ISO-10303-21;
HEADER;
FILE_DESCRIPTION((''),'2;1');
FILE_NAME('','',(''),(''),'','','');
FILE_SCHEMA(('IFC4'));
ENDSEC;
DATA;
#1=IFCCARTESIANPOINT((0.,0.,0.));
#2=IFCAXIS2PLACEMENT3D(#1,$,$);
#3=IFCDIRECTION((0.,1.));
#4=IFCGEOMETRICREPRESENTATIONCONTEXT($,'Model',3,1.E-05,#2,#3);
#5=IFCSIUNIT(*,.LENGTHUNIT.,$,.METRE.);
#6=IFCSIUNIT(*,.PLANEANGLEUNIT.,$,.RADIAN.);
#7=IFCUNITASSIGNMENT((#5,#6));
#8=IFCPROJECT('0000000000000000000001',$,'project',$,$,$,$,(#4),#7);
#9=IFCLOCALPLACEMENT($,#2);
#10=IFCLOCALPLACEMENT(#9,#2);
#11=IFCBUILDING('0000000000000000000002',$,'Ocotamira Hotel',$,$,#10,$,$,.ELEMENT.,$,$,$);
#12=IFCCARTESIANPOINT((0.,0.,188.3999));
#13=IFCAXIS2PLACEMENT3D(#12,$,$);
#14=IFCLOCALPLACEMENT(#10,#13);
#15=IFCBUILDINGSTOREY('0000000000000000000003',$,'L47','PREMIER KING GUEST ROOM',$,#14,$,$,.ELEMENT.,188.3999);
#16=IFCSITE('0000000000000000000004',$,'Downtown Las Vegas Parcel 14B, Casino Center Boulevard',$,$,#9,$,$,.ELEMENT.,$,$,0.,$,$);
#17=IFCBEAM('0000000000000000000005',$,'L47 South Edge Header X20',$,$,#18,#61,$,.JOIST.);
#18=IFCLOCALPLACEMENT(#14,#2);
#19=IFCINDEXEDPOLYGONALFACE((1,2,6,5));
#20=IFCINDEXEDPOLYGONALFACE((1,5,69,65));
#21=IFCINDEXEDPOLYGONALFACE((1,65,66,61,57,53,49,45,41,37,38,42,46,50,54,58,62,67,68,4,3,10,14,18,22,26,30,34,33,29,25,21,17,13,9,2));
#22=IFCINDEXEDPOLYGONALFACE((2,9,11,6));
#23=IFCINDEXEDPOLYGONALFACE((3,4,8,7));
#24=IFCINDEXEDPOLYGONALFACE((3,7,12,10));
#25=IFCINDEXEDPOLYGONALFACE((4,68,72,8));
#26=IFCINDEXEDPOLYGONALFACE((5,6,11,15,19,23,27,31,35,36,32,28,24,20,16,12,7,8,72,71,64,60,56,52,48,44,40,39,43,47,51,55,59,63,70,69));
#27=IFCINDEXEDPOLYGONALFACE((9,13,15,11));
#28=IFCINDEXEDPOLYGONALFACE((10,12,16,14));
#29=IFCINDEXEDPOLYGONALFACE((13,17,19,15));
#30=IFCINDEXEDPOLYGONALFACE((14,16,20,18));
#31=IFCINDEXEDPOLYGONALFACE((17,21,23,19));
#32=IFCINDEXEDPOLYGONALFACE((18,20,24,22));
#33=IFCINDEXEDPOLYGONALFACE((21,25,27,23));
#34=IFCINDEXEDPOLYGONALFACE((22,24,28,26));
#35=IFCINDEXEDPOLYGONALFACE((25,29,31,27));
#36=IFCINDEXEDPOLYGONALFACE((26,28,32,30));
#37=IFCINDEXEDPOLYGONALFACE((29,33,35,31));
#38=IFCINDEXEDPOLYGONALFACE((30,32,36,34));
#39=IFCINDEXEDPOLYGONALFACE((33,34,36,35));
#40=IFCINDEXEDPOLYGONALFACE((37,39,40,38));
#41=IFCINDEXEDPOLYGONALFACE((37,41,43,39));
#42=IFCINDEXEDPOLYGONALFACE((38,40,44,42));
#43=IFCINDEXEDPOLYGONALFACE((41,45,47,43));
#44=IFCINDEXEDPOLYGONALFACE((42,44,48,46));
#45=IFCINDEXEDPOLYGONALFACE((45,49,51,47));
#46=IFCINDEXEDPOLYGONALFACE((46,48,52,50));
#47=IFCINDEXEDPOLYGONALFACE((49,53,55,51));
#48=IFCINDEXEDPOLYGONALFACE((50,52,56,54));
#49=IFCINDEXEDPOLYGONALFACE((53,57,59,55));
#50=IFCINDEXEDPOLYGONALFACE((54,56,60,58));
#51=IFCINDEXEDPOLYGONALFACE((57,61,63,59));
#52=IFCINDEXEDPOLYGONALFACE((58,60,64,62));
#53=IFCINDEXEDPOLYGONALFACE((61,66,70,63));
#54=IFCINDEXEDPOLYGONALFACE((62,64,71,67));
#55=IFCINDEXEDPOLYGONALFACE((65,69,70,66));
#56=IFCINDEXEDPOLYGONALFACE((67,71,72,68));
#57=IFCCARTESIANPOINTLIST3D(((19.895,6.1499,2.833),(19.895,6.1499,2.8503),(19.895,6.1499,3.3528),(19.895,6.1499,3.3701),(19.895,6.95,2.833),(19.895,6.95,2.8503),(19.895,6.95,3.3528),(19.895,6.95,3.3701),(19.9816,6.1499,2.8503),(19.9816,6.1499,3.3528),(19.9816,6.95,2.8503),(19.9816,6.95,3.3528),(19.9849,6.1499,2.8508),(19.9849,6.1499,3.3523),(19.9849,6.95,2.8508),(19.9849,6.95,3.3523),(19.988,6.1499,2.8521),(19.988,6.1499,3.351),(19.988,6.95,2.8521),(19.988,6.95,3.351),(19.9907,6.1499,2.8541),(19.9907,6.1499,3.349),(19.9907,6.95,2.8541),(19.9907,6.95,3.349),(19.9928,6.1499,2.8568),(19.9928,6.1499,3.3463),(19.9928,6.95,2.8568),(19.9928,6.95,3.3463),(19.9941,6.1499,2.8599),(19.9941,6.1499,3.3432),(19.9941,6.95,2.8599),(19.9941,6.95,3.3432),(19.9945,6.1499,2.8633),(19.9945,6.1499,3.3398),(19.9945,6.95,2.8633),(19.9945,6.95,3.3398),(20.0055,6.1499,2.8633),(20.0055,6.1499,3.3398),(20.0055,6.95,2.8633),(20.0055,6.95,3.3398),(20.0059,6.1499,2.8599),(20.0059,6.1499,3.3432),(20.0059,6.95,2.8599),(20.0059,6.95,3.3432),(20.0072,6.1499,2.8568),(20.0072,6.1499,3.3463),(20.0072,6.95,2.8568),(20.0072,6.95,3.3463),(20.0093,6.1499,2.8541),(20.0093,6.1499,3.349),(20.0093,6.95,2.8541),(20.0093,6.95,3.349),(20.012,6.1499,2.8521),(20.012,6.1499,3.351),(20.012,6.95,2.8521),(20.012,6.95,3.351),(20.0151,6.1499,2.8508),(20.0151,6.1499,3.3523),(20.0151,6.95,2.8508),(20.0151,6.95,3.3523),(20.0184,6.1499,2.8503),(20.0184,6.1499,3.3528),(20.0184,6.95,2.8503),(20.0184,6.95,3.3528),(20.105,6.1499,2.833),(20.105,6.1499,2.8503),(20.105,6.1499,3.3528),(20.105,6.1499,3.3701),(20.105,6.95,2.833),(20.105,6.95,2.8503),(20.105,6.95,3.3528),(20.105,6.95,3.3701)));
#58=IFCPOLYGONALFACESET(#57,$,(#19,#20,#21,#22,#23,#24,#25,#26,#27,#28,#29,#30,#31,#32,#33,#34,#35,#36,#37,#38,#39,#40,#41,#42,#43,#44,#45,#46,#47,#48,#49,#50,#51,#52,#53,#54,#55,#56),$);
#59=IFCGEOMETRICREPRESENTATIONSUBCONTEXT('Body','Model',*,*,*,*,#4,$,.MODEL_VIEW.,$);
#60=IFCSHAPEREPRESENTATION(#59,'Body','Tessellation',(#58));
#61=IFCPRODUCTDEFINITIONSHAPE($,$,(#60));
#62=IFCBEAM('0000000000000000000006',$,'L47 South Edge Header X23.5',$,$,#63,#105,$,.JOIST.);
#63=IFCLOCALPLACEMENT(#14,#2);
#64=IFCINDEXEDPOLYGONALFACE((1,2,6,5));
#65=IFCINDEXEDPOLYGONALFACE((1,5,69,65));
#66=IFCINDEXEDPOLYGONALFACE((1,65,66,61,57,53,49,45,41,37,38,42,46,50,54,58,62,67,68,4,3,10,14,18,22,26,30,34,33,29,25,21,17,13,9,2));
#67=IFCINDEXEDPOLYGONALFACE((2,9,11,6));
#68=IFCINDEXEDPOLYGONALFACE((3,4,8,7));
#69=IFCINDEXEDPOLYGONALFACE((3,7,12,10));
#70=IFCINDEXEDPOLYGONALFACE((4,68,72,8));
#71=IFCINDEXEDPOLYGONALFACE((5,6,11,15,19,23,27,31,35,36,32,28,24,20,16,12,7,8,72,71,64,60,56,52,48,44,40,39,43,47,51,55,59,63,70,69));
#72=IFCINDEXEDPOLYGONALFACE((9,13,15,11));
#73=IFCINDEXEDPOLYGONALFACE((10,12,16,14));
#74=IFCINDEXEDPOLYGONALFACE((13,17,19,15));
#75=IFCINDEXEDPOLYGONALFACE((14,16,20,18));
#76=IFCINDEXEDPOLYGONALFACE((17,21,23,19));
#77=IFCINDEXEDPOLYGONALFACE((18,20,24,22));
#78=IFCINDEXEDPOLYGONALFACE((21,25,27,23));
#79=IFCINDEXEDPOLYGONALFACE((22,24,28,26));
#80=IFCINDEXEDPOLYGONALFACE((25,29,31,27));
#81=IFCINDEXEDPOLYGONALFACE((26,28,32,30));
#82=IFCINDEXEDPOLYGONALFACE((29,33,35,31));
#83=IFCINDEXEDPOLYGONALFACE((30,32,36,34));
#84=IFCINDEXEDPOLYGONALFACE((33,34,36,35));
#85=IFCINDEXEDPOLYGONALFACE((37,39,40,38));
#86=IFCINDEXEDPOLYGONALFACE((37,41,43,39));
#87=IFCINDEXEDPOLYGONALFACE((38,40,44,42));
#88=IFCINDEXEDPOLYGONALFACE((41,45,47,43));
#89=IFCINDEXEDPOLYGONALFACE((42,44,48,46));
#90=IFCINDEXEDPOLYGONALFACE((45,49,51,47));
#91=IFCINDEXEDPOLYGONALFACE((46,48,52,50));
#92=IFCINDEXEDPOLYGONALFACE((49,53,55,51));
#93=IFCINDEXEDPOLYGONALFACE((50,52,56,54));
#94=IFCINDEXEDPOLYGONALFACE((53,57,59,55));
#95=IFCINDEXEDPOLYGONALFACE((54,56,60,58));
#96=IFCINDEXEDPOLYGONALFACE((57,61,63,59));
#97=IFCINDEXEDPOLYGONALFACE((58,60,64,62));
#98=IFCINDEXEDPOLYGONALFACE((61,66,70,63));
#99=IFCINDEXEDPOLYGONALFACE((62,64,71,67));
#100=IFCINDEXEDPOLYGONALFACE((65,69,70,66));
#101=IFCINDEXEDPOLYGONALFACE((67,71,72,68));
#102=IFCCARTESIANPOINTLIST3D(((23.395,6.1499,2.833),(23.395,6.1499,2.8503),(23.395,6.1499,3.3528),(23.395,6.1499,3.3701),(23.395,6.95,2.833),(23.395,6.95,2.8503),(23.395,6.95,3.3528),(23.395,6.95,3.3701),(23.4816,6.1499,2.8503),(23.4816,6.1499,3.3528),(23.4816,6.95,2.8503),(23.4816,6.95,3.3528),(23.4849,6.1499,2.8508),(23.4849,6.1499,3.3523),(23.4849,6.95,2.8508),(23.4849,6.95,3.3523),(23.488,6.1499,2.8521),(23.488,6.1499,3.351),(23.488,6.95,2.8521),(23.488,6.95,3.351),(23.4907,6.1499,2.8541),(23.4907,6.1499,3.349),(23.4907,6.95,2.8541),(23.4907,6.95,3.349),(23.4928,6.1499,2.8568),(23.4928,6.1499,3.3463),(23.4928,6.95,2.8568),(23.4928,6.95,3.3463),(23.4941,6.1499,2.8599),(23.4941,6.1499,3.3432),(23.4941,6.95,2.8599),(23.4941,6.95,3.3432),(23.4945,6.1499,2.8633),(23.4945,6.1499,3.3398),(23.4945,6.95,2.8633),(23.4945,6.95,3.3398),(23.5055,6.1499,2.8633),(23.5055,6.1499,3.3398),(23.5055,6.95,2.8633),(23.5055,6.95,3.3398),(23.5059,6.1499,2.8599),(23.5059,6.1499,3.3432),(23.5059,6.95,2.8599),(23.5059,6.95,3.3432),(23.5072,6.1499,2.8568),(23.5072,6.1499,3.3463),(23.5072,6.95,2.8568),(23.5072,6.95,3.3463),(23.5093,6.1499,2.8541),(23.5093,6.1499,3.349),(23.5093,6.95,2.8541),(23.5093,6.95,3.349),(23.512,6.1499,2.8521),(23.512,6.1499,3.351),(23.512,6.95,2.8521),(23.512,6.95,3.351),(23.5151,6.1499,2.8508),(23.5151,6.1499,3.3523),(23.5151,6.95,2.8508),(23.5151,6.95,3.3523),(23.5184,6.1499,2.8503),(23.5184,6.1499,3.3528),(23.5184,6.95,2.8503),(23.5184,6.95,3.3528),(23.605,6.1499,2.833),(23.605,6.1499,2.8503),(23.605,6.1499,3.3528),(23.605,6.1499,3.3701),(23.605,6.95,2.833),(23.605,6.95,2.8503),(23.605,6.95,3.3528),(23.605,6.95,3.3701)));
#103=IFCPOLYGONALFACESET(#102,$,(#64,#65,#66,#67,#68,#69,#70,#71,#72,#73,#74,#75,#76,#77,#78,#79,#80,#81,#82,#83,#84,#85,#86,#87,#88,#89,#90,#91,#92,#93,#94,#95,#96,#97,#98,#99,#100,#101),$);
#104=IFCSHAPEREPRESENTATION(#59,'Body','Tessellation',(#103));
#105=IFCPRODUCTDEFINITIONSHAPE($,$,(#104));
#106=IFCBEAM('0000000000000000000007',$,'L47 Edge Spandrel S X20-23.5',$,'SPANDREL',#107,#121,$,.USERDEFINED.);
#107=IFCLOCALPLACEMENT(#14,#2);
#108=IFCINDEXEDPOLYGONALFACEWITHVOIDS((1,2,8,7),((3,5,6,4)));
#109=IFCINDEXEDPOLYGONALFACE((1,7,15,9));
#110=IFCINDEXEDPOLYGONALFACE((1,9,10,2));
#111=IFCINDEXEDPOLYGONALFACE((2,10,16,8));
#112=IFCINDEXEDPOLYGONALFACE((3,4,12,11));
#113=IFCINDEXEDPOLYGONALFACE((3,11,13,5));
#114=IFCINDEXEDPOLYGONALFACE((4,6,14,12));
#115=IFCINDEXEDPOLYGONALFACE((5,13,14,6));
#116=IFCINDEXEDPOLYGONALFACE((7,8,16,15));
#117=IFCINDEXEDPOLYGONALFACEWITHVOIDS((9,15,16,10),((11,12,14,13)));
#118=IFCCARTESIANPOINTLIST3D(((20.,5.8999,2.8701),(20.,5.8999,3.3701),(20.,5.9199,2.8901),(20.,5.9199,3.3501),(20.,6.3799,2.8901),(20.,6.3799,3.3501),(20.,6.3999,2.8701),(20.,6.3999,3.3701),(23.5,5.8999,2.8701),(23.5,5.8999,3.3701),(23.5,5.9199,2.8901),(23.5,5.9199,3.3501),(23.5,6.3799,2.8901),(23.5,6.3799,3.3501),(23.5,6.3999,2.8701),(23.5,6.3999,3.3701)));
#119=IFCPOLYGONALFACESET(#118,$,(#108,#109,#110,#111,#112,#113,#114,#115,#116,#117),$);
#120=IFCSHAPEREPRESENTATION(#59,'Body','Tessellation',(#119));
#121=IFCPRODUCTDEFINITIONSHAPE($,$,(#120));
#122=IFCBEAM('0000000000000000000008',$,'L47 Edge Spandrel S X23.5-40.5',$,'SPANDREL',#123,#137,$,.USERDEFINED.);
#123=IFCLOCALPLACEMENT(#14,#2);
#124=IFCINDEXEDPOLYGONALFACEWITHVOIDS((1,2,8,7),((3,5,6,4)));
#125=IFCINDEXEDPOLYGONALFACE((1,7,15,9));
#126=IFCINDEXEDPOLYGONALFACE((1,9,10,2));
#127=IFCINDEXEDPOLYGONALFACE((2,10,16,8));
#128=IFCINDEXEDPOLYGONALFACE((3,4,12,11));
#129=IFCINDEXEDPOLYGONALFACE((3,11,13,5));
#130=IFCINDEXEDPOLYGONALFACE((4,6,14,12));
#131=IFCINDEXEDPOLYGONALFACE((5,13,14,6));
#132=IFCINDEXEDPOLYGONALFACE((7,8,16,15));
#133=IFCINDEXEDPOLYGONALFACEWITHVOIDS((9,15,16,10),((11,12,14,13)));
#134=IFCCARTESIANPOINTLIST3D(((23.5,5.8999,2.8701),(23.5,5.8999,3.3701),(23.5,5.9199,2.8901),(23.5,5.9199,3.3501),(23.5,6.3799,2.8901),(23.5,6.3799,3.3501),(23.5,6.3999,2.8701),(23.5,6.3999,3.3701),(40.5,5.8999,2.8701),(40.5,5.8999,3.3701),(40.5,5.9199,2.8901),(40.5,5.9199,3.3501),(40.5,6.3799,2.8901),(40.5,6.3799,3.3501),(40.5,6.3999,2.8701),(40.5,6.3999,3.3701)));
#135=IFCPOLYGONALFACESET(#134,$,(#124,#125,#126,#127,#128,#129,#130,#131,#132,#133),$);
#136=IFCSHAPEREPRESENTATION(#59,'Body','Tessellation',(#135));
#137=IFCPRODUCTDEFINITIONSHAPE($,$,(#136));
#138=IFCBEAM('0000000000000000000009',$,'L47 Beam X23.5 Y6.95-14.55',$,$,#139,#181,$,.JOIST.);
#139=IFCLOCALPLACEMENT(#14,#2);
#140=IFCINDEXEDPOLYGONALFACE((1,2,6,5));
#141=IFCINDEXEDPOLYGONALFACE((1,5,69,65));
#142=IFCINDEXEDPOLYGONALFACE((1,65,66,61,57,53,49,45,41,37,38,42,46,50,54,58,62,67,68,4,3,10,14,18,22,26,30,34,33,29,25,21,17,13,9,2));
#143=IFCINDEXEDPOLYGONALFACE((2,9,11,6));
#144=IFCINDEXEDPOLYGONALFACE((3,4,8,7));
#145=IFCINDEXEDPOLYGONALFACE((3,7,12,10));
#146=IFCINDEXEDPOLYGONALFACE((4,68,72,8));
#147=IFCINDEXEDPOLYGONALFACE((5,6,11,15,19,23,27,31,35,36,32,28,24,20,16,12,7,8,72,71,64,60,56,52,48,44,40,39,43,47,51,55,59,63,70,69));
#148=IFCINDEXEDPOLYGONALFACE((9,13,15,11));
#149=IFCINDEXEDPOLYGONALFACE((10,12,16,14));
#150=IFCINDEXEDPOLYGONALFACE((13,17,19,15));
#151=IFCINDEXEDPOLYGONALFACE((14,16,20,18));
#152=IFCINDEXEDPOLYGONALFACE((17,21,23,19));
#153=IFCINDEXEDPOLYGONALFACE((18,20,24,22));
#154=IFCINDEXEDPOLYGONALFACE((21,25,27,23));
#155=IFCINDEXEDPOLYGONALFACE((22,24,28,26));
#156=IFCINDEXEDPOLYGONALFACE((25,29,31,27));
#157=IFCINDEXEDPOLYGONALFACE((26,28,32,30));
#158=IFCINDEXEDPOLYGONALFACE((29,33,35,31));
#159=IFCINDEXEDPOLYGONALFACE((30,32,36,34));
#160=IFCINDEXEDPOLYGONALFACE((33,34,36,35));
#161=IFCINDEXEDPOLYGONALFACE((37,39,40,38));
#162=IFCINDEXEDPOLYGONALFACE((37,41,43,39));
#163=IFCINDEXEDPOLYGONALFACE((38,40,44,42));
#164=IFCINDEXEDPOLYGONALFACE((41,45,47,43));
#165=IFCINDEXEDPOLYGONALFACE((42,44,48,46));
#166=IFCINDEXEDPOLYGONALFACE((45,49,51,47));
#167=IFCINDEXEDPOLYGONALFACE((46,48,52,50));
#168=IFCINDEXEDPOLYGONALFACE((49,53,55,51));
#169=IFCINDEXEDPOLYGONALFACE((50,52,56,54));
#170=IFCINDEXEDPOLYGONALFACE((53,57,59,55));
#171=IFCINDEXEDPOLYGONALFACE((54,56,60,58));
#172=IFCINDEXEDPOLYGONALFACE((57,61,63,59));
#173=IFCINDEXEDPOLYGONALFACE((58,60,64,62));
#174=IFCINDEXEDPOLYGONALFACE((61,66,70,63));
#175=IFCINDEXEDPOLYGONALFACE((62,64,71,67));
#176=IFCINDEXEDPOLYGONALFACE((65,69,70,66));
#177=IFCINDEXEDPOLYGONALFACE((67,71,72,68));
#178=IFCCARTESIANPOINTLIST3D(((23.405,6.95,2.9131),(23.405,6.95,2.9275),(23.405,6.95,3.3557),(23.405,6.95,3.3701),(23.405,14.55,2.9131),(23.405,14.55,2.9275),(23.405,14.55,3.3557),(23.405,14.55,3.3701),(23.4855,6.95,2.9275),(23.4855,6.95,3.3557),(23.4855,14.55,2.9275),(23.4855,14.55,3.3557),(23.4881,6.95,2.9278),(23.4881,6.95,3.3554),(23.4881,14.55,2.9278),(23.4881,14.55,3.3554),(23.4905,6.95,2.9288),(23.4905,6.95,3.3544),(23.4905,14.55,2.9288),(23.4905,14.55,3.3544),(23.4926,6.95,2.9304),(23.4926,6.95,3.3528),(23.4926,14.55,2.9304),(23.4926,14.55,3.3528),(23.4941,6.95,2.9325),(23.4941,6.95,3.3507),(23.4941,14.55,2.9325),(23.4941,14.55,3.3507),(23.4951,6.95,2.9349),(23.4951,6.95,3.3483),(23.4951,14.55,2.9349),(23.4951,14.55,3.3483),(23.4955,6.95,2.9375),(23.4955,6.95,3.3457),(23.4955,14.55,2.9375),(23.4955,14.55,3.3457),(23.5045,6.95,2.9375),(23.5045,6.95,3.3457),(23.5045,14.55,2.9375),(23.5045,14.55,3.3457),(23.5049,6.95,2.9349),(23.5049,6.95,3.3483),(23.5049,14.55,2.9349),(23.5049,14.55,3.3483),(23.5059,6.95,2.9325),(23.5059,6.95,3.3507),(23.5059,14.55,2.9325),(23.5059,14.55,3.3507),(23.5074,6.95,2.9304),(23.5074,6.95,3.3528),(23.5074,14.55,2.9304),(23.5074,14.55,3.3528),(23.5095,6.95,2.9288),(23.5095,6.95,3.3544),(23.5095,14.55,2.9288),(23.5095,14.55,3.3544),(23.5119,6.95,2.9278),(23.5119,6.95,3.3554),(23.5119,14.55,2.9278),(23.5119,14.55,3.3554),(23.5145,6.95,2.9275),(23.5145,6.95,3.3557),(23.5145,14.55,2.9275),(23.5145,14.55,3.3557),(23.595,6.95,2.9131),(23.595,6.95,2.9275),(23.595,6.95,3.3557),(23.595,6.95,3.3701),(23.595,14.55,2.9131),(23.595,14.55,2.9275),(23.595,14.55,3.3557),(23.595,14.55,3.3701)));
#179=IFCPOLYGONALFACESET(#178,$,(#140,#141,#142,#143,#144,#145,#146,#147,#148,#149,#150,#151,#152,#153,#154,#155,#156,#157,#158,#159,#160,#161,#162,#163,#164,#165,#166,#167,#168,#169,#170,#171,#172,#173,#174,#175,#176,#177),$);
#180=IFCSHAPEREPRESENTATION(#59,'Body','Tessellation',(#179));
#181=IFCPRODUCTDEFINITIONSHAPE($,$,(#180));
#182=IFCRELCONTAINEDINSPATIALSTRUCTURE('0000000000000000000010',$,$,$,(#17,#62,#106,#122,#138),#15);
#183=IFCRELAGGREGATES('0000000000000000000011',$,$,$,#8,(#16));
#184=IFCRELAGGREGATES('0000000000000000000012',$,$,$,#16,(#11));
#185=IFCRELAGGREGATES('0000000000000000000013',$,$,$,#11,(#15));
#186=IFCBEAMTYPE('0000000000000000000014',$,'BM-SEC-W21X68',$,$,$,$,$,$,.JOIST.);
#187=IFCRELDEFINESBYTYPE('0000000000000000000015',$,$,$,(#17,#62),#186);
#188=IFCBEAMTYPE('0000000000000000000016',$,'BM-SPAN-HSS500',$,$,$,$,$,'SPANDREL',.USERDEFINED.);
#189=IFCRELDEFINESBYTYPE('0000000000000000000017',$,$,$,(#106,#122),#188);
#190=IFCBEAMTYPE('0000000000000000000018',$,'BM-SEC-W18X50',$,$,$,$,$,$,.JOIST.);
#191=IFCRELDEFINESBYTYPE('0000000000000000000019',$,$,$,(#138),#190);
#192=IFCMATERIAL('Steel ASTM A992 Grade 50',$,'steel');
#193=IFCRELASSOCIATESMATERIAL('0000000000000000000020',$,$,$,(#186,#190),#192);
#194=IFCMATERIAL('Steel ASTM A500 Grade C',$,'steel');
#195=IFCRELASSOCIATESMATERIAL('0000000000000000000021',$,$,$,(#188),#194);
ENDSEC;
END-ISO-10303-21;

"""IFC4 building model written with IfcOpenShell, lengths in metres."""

from ifc_helpers import new_model, si_unit, direction, frame, origin, origin_2d, place, context, subcontext, project, spatial, hollow_rectangle, i_section, extrude, source, transform, mapped, material, material_profile, profile_set, type_object, element, save


model = new_model("IFC4")

# Units and contexts
model_context = context("Model", 3, precision=1e-05, world=origin(), true_north=direction((0.0, 1.0)))
body_context = subcontext(model_context, "Body", "Model", "MODEL_VIEW")
ifc_project = project(units=[si_unit("LENGTHUNIT", "METRE"), si_unit("PLANEANGLEUNIT", "RADIAN")], contexts=[model_context])

# Site, building, storey
site_placement = place(None, origin())
site = spatial("IfcSite", under=ifc_project, at=site_placement, Name="Downtown Las Vegas Parcel 14B, Casino Center Boulevard", CompositionType="ELEMENT", RefElevation=0.0)
building_placement = place(site_placement, origin())
building = spatial("IfcBuilding", under=site, at=building_placement, Name="Ocotamira Hotel", CompositionType="ELEMENT")
storey_placement = place(building_placement, frame((0.0, 0.0, 188.3999)))
storey = spatial("IfcBuildingStorey", under=building, at=storey_placement, Name="L47", Description="PREMIER KING GUEST ROOM", CompositionType="ELEMENT", Elevation=188.3999)

# Beams
ifc_material_1 = material(Name="Steel ASTM A992 Grade 50", Category="steel")
ifc_material_profile_1 = material_profile(ifc_material_1, i_section(OverallWidth=0.21, OverallDepth=0.5371, WebThickness=0.011, FlangeThickness=0.0173, FilletRadius=0.0129, at=origin_2d()), Name="W21X68")
ifc_profile_set_1 = profile_set([ifc_material_profile_1], Name="Steel ASTM A992 Grade 50")
beam_type_1 = type_object("IfcBeamType", Name="BM-SEC-W21X68", PredefinedType="JOIST", material=ifc_profile_set_1)
shared_shape_1 = source(origin(), body_context, "Body", "SweptSolid", [
    extrude(i_section(OverallWidth=0.21, OverallDepth=0.5371, WebThickness=0.011, FlangeThickness=0.0173, FilletRadius=0.0129, at=origin_2d()), origin(), (0.0, 0.0, 1.0), 0.8),
])
for number, where, z_axis, x_axis, name in (
    (1, (20.0, 6.95, 3.1016), (0.0, -1.0, 0.0), (1.0, 0.0, 0.0), "L47 South Edge Header X20"),
    (2, (23.5, 6.95, 3.1016), (0.0, -1.0, 0.0), (1.0, 0.0, 0.0), "L47 South Edge Header X23.5"),
):
    element("IfcBeam", number, at=place(storey_placement, frame(where, z_axis=z_axis, x_axis=x_axis)), inside=storey, type_object=beam_type_1, Name=name, PredefinedType="JOIST", context=body_context, shape_type="MappedRepresentation", body=[
        mapped(shared_shape_1, transform((0.0, 0.0, 0.0), scale=1.0)),
    ])
ifc_material_2 = material(Name="Steel ASTM A500 Grade C", Category="steel")
ifc_material_profile_2 = material_profile(ifc_material_2, hollow_rectangle(XDim=0.5, YDim=0.5, WallThickness=0.02, at=origin_2d()), Name="HSS500X500X20")
ifc_profile_set_2 = profile_set([ifc_material_profile_2], Name="Steel ASTM A500 Grade C")
beam_type_2 = type_object("IfcBeamType", Name="BM-SPAN-HSS500", ElementType="SPANDREL", PredefinedType="USERDEFINED", material=ifc_profile_set_2)
shared_shape_2 = source(origin(), body_context, "Body", "SweptSolid", [
    extrude(hollow_rectangle(XDim=0.5, YDim=0.5, WallThickness=0.02, at=origin_2d()), origin(), (0.0, 0.0, 1.0), 3.5),
])
beam_1_placement = place(storey_placement, frame((20.0, 6.1499, 3.1201), z_axis=(1.0, 0.0, 0.0), x_axis=(0.0, 1.0, 0.0)))
element("IfcBeam", 3, at=beam_1_placement, inside=storey, type_object=beam_type_2, Name="L47 Edge Spandrel S X20-23.5", ObjectType="SPANDREL", PredefinedType="USERDEFINED", context=body_context, shape_type="MappedRepresentation", body=[
    mapped(shared_shape_2, transform((0.0, 0.0, 0.0), scale=1.0)),
])
shared_shape_3 = source(origin(), body_context, "Body", "SweptSolid", [
    extrude(hollow_rectangle(XDim=0.5, YDim=0.5, WallThickness=0.02, at=origin_2d()), origin(), (0.0, 0.0, 1.0), 17.0),
])
beam_2_placement = place(storey_placement, frame((23.5, 6.1499, 3.1201), z_axis=(1.0, 0.0, 0.0), x_axis=(0.0, 1.0, 0.0)))
element("IfcBeam", 4, at=beam_2_placement, inside=storey, type_object=beam_type_2, Name="L47 Edge Spandrel S X23.5-40.5", ObjectType="SPANDREL", PredefinedType="USERDEFINED", context=body_context, shape_type="MappedRepresentation", body=[
    mapped(shared_shape_3, transform((0.0, 0.0, 0.0), scale=1.0)),
])
ifc_material_profile_3 = material_profile(ifc_material_1, i_section(OverallWidth=0.1899, OverallDepth=0.457, WebThickness=0.009, FlangeThickness=0.0144, FilletRadius=0.01, at=origin_2d()), Name="W18X50")
ifc_profile_set_3 = profile_set([ifc_material_profile_3], Name="Steel ASTM A992 Grade 50")
beam_type_3 = type_object("IfcBeamType", Name="BM-SEC-W18X50", PredefinedType="JOIST", material=ifc_profile_set_3)
shared_shape_4 = source(origin(), body_context, "Body", "SweptSolid", [
    extrude(i_section(OverallWidth=0.1899, OverallDepth=0.457, WebThickness=0.009, FlangeThickness=0.0144, FilletRadius=0.01, at=origin_2d()), origin(), (0.0, 0.0, 1.0), 7.6001),
])
beam_3_placement = place(storey_placement, frame((23.5, 6.95, 3.1416), z_axis=(0.0, 1.0, 0.0), x_axis=(-1.0, 0.0, 0.0)))
element("IfcBeam", 5, at=beam_3_placement, inside=storey, type_object=beam_type_3, Name="L47 Beam X23.5 Y6.95-14.55", PredefinedType="JOIST", context=body_context, shape_type="MappedRepresentation", body=[
    mapped(shared_shape_4, transform((0.0, 0.0, 0.0), scale=1.0)),
])

save(model, "model.ifc")
